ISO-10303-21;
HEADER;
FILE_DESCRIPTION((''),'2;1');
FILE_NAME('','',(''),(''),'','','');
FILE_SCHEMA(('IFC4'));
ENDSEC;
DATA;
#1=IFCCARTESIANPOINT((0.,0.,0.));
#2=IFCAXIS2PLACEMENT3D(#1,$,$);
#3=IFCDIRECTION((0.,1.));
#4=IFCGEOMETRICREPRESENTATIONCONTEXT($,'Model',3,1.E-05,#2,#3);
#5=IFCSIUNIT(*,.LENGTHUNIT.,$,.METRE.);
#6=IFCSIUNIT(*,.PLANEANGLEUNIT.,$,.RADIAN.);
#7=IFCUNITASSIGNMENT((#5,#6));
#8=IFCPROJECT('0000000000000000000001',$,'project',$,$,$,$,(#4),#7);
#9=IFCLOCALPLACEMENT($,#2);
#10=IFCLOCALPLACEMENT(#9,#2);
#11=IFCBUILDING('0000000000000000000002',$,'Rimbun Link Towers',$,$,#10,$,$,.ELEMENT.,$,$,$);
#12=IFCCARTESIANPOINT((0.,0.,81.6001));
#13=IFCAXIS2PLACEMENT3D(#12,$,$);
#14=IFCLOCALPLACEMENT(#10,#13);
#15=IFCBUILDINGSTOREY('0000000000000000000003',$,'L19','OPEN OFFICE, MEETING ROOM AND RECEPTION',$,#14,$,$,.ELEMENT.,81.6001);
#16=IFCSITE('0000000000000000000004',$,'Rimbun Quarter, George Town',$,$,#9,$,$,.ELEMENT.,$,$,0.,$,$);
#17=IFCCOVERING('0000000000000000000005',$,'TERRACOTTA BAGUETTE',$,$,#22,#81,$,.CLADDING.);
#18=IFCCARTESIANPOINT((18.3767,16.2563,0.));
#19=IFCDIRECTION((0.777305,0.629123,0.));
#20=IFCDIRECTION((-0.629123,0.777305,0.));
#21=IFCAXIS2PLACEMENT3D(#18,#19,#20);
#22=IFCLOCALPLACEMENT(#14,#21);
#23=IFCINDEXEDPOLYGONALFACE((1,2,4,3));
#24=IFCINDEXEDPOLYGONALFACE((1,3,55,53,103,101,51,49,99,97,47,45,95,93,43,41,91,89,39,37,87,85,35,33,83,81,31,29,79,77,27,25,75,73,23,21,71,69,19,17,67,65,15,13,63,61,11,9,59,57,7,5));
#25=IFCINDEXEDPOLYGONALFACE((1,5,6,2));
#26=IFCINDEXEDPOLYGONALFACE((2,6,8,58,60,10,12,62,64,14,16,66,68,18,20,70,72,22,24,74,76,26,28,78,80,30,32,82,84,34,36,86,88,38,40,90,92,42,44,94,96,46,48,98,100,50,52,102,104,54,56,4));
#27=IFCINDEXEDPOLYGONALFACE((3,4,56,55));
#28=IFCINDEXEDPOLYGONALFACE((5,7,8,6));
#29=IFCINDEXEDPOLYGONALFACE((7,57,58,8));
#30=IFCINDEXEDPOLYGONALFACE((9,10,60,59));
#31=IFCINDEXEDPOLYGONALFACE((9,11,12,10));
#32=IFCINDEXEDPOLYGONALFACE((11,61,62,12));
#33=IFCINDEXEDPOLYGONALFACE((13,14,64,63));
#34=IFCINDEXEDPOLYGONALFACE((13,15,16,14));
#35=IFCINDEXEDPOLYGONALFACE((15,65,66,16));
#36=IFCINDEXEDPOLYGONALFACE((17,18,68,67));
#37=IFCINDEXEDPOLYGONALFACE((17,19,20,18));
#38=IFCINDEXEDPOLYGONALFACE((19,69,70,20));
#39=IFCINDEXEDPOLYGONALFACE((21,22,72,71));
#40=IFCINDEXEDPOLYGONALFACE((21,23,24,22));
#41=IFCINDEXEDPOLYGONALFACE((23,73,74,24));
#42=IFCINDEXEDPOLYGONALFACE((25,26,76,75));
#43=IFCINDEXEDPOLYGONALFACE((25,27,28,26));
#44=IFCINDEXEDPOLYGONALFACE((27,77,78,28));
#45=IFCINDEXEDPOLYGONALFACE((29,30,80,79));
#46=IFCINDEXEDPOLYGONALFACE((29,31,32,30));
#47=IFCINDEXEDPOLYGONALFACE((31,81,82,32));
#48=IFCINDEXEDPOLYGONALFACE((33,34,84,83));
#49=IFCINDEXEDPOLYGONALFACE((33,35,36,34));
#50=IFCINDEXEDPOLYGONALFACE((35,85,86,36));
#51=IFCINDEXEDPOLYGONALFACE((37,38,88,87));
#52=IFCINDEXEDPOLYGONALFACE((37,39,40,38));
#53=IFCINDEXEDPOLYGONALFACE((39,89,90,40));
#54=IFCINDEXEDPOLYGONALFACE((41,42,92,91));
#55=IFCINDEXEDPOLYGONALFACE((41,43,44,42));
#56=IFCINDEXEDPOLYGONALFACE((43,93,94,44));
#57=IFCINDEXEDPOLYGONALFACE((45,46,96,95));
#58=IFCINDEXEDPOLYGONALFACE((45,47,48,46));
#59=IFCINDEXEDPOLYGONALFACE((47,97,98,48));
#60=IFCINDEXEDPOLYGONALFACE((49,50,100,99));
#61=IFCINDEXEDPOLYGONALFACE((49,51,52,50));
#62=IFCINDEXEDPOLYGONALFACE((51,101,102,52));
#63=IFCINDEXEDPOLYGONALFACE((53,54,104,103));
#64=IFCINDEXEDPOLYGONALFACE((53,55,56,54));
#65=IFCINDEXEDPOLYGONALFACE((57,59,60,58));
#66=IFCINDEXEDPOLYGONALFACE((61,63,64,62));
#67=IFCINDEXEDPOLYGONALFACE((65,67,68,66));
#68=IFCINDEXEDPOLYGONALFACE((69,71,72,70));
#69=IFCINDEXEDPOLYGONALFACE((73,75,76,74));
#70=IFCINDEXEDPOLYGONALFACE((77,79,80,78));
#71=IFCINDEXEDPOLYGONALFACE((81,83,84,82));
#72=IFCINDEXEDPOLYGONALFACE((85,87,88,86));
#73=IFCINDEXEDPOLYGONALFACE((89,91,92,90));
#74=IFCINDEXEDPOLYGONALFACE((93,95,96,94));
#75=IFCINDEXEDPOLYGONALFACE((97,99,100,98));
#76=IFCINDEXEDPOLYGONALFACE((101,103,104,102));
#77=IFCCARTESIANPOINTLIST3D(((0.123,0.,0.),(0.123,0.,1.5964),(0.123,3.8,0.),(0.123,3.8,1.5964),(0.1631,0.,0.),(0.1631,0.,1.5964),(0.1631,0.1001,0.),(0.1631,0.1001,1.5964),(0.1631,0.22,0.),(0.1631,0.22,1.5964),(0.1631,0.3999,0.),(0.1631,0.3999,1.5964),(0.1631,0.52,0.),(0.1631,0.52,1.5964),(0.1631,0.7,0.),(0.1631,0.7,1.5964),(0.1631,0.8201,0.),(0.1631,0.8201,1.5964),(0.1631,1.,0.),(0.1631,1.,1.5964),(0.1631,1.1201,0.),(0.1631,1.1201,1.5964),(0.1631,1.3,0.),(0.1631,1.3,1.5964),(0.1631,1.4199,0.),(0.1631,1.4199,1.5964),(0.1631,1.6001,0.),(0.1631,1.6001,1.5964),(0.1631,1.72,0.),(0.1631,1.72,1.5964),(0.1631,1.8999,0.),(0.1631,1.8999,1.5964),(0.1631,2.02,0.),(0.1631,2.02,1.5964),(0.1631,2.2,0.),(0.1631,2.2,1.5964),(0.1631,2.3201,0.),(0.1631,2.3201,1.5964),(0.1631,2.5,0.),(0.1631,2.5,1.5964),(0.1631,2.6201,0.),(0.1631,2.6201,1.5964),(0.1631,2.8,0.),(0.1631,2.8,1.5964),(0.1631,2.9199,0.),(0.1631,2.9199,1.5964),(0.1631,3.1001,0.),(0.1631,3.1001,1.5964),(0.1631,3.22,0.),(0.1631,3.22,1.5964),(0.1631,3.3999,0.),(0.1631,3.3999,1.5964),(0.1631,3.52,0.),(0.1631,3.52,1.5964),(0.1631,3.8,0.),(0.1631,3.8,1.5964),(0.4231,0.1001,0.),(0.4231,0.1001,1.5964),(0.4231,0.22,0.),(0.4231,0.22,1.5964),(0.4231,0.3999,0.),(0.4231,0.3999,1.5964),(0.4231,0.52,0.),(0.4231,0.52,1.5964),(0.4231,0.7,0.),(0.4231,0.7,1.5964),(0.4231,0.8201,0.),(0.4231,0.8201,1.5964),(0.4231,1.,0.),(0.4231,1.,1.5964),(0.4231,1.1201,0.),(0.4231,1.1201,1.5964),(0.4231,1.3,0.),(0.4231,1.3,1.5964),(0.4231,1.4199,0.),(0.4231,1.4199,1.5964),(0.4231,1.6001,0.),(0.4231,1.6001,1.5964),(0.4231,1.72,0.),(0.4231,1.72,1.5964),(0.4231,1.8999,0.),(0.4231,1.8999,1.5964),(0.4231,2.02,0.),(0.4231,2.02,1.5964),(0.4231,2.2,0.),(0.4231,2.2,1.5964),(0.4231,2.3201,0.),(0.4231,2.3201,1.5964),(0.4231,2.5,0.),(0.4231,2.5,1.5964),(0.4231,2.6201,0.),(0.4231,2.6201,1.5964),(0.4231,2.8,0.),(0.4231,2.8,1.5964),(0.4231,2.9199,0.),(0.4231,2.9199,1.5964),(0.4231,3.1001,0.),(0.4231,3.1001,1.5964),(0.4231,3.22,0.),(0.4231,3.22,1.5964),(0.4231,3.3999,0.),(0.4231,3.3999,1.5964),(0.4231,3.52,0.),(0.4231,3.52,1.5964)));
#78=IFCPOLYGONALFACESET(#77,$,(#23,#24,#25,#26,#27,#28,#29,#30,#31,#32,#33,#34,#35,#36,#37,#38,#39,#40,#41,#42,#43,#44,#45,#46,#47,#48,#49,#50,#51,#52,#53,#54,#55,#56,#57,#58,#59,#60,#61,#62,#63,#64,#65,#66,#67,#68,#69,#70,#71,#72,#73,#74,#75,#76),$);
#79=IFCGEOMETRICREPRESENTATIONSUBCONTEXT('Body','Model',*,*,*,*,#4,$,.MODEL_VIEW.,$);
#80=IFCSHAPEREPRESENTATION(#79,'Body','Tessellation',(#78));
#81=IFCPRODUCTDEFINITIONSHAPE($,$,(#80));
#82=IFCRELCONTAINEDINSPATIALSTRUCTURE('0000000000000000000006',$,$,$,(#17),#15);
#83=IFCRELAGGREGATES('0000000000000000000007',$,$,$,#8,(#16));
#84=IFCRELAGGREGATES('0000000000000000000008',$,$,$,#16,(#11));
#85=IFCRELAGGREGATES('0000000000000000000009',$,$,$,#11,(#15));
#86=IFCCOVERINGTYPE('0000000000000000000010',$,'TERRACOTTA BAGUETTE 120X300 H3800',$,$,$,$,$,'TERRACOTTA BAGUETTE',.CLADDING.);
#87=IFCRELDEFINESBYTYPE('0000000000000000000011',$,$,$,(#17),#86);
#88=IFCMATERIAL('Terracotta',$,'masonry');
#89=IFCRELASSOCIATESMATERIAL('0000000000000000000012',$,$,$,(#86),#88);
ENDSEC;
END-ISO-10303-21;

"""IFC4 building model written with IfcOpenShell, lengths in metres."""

from ifc_helpers import new_model, si_unit, direction, frame, origin, place, context, subcontext, project, spatial, polyline, outline, extrude, material, material_profile, profile_set, type_object, element, save


model = new_model("IFC4")

# Units and contexts
model_context = context("Model", 3, precision=1e-05, world=origin(), true_north=direction((0.0, 1.0)))
body_context = subcontext(model_context, "Body", "Model", "MODEL_VIEW")
ifc_project = project(units=[si_unit("LENGTHUNIT", "METRE"), si_unit("PLANEANGLEUNIT", "RADIAN")], contexts=[model_context])

# Site, building, storey
site_placement = place(None, origin())
site = spatial("IfcSite", under=ifc_project, at=site_placement, Name="Rimbun Quarter, George Town", CompositionType="ELEMENT", RefElevation=0.0)
building_placement = place(site_placement, origin())
building = spatial("IfcBuilding", under=site, at=building_placement, Name="Rimbun Link Towers", CompositionType="ELEMENT")
storey_placement = place(building_placement, frame((0.0, 0.0, 81.6001)))
storey = spatial("IfcBuildingStorey", under=building, at=storey_placement, Name="L19", Description="OPEN OFFICE, MEETING ROOM AND RECEPTION", CompositionType="ELEMENT", Elevation=81.6001)

# Covering
ifc_material_1 = material(Name="Terracotta", Category="masonry")
ifc_material_profile_1 = material_profile(ifc_material_1, outline(polyline([(0.123, 0.0), (0.1631, 0.0), (0.1631, 0.1001), (0.4231, 0.1001), (0.4231, 0.22), (0.1631, 0.22), (0.1631, 0.3999), (0.4231, 0.3999), (0.4231, 0.52), (0.1631, 0.52), (0.1631, 0.7), (0.4231, 0.7), (0.4231, 0.8201), (0.1631, 0.8201), (0.1631, 1.0), (0.4231, 1.0), (0.4231, 1.1201), (0.1631, 1.1201), (0.1631, 1.3), (0.4231, 1.3), (0.4231, 1.4199), (0.1631, 1.4199), (0.1631, 1.6001), (0.4231, 1.6001), (0.4231, 1.72), (0.1631, 1.72), (0.1631, 1.8999), (0.4231, 1.8999), (0.4231, 2.02), (0.1631, 2.02), (0.1631, 2.2), (0.4231, 2.2), (0.4231, 2.3201), (0.1631, 2.3201), (0.1631, 2.5), (0.4231, 2.5), (0.4231, 2.6201), (0.1631, 2.6201), (0.1631, 2.8), (0.4231, 2.8), (0.4231, 2.9199), (0.1631, 2.9199), (0.1631, 3.1001), (0.4231, 3.1001), (0.4231, 3.22), (0.1631, 3.22), (0.1631, 3.3999), (0.4231, 3.3999), (0.4231, 3.52), (0.1631, 3.52), (0.1631, 3.8), (0.123, 3.8), (0.123, 0.0)])), Name="BAGUETTE 120X300")
ifc_profile_set_1 = profile_set([ifc_material_profile_1], Name="Terracotta")
covering_type = type_object("IfcCoveringType", Name="TERRACOTTA BAGUETTE 120X300 H3800", ElementType="TERRACOTTA BAGUETTE", PredefinedType="CLADDING", material=ifc_profile_set_1)
covering_1_placement = place(storey_placement, frame((18.3767, 16.2563, 0.0), z_axis=(0.777305, 0.629123, 0.0), x_axis=(-0.629123, 0.777305, 0.0)))
element("IfcCovering", 1, at=covering_1_placement, inside=storey, type_object=covering_type, Name="TERRACOTTA BAGUETTE", PredefinedType="CLADDING", context=body_context, shape_type="SweptSolid", body=[
    extrude(outline(polyline([(0.123, 0.0), (0.1631, 0.0), (0.1631, 0.1001), (0.4231, 0.1001), (0.4231, 0.22), (0.1631, 0.22), (0.1631, 0.3999), (0.4231, 0.3999), (0.4231, 0.52), (0.1631, 0.52), (0.1631, 0.7), (0.4231, 0.7), (0.4231, 0.8201), (0.1631, 0.8201), (0.1631, 1.0), (0.4231, 1.0), (0.4231, 1.1201), (0.1631, 1.1201), (0.1631, 1.3), (0.4231, 1.3), (0.4231, 1.4199), (0.1631, 1.4199), (0.1631, 1.6001), (0.4231, 1.6001), (0.4231, 1.72), (0.1631, 1.72), (0.1631, 1.8999), (0.4231, 1.8999), (0.4231, 2.02), (0.1631, 2.02), (0.1631, 2.2), (0.4231, 2.2), (0.4231, 2.3201), (0.1631, 2.3201), (0.1631, 2.5), (0.4231, 2.5), (0.4231, 2.6201), (0.1631, 2.6201), (0.1631, 2.8), (0.4231, 2.8), (0.4231, 2.9199), (0.1631, 2.9199), (0.1631, 3.1001), (0.4231, 3.1001), (0.4231, 3.22), (0.1631, 3.22), (0.1631, 3.3999), (0.4231, 3.3999), (0.4231, 3.52), (0.1631, 3.52), (0.1631, 3.8), (0.123, 3.8), (0.123, 0.0)])), origin(), (0.0, 0.0, 1.0), 1.5964),
])

save(model, "model.ifc")
